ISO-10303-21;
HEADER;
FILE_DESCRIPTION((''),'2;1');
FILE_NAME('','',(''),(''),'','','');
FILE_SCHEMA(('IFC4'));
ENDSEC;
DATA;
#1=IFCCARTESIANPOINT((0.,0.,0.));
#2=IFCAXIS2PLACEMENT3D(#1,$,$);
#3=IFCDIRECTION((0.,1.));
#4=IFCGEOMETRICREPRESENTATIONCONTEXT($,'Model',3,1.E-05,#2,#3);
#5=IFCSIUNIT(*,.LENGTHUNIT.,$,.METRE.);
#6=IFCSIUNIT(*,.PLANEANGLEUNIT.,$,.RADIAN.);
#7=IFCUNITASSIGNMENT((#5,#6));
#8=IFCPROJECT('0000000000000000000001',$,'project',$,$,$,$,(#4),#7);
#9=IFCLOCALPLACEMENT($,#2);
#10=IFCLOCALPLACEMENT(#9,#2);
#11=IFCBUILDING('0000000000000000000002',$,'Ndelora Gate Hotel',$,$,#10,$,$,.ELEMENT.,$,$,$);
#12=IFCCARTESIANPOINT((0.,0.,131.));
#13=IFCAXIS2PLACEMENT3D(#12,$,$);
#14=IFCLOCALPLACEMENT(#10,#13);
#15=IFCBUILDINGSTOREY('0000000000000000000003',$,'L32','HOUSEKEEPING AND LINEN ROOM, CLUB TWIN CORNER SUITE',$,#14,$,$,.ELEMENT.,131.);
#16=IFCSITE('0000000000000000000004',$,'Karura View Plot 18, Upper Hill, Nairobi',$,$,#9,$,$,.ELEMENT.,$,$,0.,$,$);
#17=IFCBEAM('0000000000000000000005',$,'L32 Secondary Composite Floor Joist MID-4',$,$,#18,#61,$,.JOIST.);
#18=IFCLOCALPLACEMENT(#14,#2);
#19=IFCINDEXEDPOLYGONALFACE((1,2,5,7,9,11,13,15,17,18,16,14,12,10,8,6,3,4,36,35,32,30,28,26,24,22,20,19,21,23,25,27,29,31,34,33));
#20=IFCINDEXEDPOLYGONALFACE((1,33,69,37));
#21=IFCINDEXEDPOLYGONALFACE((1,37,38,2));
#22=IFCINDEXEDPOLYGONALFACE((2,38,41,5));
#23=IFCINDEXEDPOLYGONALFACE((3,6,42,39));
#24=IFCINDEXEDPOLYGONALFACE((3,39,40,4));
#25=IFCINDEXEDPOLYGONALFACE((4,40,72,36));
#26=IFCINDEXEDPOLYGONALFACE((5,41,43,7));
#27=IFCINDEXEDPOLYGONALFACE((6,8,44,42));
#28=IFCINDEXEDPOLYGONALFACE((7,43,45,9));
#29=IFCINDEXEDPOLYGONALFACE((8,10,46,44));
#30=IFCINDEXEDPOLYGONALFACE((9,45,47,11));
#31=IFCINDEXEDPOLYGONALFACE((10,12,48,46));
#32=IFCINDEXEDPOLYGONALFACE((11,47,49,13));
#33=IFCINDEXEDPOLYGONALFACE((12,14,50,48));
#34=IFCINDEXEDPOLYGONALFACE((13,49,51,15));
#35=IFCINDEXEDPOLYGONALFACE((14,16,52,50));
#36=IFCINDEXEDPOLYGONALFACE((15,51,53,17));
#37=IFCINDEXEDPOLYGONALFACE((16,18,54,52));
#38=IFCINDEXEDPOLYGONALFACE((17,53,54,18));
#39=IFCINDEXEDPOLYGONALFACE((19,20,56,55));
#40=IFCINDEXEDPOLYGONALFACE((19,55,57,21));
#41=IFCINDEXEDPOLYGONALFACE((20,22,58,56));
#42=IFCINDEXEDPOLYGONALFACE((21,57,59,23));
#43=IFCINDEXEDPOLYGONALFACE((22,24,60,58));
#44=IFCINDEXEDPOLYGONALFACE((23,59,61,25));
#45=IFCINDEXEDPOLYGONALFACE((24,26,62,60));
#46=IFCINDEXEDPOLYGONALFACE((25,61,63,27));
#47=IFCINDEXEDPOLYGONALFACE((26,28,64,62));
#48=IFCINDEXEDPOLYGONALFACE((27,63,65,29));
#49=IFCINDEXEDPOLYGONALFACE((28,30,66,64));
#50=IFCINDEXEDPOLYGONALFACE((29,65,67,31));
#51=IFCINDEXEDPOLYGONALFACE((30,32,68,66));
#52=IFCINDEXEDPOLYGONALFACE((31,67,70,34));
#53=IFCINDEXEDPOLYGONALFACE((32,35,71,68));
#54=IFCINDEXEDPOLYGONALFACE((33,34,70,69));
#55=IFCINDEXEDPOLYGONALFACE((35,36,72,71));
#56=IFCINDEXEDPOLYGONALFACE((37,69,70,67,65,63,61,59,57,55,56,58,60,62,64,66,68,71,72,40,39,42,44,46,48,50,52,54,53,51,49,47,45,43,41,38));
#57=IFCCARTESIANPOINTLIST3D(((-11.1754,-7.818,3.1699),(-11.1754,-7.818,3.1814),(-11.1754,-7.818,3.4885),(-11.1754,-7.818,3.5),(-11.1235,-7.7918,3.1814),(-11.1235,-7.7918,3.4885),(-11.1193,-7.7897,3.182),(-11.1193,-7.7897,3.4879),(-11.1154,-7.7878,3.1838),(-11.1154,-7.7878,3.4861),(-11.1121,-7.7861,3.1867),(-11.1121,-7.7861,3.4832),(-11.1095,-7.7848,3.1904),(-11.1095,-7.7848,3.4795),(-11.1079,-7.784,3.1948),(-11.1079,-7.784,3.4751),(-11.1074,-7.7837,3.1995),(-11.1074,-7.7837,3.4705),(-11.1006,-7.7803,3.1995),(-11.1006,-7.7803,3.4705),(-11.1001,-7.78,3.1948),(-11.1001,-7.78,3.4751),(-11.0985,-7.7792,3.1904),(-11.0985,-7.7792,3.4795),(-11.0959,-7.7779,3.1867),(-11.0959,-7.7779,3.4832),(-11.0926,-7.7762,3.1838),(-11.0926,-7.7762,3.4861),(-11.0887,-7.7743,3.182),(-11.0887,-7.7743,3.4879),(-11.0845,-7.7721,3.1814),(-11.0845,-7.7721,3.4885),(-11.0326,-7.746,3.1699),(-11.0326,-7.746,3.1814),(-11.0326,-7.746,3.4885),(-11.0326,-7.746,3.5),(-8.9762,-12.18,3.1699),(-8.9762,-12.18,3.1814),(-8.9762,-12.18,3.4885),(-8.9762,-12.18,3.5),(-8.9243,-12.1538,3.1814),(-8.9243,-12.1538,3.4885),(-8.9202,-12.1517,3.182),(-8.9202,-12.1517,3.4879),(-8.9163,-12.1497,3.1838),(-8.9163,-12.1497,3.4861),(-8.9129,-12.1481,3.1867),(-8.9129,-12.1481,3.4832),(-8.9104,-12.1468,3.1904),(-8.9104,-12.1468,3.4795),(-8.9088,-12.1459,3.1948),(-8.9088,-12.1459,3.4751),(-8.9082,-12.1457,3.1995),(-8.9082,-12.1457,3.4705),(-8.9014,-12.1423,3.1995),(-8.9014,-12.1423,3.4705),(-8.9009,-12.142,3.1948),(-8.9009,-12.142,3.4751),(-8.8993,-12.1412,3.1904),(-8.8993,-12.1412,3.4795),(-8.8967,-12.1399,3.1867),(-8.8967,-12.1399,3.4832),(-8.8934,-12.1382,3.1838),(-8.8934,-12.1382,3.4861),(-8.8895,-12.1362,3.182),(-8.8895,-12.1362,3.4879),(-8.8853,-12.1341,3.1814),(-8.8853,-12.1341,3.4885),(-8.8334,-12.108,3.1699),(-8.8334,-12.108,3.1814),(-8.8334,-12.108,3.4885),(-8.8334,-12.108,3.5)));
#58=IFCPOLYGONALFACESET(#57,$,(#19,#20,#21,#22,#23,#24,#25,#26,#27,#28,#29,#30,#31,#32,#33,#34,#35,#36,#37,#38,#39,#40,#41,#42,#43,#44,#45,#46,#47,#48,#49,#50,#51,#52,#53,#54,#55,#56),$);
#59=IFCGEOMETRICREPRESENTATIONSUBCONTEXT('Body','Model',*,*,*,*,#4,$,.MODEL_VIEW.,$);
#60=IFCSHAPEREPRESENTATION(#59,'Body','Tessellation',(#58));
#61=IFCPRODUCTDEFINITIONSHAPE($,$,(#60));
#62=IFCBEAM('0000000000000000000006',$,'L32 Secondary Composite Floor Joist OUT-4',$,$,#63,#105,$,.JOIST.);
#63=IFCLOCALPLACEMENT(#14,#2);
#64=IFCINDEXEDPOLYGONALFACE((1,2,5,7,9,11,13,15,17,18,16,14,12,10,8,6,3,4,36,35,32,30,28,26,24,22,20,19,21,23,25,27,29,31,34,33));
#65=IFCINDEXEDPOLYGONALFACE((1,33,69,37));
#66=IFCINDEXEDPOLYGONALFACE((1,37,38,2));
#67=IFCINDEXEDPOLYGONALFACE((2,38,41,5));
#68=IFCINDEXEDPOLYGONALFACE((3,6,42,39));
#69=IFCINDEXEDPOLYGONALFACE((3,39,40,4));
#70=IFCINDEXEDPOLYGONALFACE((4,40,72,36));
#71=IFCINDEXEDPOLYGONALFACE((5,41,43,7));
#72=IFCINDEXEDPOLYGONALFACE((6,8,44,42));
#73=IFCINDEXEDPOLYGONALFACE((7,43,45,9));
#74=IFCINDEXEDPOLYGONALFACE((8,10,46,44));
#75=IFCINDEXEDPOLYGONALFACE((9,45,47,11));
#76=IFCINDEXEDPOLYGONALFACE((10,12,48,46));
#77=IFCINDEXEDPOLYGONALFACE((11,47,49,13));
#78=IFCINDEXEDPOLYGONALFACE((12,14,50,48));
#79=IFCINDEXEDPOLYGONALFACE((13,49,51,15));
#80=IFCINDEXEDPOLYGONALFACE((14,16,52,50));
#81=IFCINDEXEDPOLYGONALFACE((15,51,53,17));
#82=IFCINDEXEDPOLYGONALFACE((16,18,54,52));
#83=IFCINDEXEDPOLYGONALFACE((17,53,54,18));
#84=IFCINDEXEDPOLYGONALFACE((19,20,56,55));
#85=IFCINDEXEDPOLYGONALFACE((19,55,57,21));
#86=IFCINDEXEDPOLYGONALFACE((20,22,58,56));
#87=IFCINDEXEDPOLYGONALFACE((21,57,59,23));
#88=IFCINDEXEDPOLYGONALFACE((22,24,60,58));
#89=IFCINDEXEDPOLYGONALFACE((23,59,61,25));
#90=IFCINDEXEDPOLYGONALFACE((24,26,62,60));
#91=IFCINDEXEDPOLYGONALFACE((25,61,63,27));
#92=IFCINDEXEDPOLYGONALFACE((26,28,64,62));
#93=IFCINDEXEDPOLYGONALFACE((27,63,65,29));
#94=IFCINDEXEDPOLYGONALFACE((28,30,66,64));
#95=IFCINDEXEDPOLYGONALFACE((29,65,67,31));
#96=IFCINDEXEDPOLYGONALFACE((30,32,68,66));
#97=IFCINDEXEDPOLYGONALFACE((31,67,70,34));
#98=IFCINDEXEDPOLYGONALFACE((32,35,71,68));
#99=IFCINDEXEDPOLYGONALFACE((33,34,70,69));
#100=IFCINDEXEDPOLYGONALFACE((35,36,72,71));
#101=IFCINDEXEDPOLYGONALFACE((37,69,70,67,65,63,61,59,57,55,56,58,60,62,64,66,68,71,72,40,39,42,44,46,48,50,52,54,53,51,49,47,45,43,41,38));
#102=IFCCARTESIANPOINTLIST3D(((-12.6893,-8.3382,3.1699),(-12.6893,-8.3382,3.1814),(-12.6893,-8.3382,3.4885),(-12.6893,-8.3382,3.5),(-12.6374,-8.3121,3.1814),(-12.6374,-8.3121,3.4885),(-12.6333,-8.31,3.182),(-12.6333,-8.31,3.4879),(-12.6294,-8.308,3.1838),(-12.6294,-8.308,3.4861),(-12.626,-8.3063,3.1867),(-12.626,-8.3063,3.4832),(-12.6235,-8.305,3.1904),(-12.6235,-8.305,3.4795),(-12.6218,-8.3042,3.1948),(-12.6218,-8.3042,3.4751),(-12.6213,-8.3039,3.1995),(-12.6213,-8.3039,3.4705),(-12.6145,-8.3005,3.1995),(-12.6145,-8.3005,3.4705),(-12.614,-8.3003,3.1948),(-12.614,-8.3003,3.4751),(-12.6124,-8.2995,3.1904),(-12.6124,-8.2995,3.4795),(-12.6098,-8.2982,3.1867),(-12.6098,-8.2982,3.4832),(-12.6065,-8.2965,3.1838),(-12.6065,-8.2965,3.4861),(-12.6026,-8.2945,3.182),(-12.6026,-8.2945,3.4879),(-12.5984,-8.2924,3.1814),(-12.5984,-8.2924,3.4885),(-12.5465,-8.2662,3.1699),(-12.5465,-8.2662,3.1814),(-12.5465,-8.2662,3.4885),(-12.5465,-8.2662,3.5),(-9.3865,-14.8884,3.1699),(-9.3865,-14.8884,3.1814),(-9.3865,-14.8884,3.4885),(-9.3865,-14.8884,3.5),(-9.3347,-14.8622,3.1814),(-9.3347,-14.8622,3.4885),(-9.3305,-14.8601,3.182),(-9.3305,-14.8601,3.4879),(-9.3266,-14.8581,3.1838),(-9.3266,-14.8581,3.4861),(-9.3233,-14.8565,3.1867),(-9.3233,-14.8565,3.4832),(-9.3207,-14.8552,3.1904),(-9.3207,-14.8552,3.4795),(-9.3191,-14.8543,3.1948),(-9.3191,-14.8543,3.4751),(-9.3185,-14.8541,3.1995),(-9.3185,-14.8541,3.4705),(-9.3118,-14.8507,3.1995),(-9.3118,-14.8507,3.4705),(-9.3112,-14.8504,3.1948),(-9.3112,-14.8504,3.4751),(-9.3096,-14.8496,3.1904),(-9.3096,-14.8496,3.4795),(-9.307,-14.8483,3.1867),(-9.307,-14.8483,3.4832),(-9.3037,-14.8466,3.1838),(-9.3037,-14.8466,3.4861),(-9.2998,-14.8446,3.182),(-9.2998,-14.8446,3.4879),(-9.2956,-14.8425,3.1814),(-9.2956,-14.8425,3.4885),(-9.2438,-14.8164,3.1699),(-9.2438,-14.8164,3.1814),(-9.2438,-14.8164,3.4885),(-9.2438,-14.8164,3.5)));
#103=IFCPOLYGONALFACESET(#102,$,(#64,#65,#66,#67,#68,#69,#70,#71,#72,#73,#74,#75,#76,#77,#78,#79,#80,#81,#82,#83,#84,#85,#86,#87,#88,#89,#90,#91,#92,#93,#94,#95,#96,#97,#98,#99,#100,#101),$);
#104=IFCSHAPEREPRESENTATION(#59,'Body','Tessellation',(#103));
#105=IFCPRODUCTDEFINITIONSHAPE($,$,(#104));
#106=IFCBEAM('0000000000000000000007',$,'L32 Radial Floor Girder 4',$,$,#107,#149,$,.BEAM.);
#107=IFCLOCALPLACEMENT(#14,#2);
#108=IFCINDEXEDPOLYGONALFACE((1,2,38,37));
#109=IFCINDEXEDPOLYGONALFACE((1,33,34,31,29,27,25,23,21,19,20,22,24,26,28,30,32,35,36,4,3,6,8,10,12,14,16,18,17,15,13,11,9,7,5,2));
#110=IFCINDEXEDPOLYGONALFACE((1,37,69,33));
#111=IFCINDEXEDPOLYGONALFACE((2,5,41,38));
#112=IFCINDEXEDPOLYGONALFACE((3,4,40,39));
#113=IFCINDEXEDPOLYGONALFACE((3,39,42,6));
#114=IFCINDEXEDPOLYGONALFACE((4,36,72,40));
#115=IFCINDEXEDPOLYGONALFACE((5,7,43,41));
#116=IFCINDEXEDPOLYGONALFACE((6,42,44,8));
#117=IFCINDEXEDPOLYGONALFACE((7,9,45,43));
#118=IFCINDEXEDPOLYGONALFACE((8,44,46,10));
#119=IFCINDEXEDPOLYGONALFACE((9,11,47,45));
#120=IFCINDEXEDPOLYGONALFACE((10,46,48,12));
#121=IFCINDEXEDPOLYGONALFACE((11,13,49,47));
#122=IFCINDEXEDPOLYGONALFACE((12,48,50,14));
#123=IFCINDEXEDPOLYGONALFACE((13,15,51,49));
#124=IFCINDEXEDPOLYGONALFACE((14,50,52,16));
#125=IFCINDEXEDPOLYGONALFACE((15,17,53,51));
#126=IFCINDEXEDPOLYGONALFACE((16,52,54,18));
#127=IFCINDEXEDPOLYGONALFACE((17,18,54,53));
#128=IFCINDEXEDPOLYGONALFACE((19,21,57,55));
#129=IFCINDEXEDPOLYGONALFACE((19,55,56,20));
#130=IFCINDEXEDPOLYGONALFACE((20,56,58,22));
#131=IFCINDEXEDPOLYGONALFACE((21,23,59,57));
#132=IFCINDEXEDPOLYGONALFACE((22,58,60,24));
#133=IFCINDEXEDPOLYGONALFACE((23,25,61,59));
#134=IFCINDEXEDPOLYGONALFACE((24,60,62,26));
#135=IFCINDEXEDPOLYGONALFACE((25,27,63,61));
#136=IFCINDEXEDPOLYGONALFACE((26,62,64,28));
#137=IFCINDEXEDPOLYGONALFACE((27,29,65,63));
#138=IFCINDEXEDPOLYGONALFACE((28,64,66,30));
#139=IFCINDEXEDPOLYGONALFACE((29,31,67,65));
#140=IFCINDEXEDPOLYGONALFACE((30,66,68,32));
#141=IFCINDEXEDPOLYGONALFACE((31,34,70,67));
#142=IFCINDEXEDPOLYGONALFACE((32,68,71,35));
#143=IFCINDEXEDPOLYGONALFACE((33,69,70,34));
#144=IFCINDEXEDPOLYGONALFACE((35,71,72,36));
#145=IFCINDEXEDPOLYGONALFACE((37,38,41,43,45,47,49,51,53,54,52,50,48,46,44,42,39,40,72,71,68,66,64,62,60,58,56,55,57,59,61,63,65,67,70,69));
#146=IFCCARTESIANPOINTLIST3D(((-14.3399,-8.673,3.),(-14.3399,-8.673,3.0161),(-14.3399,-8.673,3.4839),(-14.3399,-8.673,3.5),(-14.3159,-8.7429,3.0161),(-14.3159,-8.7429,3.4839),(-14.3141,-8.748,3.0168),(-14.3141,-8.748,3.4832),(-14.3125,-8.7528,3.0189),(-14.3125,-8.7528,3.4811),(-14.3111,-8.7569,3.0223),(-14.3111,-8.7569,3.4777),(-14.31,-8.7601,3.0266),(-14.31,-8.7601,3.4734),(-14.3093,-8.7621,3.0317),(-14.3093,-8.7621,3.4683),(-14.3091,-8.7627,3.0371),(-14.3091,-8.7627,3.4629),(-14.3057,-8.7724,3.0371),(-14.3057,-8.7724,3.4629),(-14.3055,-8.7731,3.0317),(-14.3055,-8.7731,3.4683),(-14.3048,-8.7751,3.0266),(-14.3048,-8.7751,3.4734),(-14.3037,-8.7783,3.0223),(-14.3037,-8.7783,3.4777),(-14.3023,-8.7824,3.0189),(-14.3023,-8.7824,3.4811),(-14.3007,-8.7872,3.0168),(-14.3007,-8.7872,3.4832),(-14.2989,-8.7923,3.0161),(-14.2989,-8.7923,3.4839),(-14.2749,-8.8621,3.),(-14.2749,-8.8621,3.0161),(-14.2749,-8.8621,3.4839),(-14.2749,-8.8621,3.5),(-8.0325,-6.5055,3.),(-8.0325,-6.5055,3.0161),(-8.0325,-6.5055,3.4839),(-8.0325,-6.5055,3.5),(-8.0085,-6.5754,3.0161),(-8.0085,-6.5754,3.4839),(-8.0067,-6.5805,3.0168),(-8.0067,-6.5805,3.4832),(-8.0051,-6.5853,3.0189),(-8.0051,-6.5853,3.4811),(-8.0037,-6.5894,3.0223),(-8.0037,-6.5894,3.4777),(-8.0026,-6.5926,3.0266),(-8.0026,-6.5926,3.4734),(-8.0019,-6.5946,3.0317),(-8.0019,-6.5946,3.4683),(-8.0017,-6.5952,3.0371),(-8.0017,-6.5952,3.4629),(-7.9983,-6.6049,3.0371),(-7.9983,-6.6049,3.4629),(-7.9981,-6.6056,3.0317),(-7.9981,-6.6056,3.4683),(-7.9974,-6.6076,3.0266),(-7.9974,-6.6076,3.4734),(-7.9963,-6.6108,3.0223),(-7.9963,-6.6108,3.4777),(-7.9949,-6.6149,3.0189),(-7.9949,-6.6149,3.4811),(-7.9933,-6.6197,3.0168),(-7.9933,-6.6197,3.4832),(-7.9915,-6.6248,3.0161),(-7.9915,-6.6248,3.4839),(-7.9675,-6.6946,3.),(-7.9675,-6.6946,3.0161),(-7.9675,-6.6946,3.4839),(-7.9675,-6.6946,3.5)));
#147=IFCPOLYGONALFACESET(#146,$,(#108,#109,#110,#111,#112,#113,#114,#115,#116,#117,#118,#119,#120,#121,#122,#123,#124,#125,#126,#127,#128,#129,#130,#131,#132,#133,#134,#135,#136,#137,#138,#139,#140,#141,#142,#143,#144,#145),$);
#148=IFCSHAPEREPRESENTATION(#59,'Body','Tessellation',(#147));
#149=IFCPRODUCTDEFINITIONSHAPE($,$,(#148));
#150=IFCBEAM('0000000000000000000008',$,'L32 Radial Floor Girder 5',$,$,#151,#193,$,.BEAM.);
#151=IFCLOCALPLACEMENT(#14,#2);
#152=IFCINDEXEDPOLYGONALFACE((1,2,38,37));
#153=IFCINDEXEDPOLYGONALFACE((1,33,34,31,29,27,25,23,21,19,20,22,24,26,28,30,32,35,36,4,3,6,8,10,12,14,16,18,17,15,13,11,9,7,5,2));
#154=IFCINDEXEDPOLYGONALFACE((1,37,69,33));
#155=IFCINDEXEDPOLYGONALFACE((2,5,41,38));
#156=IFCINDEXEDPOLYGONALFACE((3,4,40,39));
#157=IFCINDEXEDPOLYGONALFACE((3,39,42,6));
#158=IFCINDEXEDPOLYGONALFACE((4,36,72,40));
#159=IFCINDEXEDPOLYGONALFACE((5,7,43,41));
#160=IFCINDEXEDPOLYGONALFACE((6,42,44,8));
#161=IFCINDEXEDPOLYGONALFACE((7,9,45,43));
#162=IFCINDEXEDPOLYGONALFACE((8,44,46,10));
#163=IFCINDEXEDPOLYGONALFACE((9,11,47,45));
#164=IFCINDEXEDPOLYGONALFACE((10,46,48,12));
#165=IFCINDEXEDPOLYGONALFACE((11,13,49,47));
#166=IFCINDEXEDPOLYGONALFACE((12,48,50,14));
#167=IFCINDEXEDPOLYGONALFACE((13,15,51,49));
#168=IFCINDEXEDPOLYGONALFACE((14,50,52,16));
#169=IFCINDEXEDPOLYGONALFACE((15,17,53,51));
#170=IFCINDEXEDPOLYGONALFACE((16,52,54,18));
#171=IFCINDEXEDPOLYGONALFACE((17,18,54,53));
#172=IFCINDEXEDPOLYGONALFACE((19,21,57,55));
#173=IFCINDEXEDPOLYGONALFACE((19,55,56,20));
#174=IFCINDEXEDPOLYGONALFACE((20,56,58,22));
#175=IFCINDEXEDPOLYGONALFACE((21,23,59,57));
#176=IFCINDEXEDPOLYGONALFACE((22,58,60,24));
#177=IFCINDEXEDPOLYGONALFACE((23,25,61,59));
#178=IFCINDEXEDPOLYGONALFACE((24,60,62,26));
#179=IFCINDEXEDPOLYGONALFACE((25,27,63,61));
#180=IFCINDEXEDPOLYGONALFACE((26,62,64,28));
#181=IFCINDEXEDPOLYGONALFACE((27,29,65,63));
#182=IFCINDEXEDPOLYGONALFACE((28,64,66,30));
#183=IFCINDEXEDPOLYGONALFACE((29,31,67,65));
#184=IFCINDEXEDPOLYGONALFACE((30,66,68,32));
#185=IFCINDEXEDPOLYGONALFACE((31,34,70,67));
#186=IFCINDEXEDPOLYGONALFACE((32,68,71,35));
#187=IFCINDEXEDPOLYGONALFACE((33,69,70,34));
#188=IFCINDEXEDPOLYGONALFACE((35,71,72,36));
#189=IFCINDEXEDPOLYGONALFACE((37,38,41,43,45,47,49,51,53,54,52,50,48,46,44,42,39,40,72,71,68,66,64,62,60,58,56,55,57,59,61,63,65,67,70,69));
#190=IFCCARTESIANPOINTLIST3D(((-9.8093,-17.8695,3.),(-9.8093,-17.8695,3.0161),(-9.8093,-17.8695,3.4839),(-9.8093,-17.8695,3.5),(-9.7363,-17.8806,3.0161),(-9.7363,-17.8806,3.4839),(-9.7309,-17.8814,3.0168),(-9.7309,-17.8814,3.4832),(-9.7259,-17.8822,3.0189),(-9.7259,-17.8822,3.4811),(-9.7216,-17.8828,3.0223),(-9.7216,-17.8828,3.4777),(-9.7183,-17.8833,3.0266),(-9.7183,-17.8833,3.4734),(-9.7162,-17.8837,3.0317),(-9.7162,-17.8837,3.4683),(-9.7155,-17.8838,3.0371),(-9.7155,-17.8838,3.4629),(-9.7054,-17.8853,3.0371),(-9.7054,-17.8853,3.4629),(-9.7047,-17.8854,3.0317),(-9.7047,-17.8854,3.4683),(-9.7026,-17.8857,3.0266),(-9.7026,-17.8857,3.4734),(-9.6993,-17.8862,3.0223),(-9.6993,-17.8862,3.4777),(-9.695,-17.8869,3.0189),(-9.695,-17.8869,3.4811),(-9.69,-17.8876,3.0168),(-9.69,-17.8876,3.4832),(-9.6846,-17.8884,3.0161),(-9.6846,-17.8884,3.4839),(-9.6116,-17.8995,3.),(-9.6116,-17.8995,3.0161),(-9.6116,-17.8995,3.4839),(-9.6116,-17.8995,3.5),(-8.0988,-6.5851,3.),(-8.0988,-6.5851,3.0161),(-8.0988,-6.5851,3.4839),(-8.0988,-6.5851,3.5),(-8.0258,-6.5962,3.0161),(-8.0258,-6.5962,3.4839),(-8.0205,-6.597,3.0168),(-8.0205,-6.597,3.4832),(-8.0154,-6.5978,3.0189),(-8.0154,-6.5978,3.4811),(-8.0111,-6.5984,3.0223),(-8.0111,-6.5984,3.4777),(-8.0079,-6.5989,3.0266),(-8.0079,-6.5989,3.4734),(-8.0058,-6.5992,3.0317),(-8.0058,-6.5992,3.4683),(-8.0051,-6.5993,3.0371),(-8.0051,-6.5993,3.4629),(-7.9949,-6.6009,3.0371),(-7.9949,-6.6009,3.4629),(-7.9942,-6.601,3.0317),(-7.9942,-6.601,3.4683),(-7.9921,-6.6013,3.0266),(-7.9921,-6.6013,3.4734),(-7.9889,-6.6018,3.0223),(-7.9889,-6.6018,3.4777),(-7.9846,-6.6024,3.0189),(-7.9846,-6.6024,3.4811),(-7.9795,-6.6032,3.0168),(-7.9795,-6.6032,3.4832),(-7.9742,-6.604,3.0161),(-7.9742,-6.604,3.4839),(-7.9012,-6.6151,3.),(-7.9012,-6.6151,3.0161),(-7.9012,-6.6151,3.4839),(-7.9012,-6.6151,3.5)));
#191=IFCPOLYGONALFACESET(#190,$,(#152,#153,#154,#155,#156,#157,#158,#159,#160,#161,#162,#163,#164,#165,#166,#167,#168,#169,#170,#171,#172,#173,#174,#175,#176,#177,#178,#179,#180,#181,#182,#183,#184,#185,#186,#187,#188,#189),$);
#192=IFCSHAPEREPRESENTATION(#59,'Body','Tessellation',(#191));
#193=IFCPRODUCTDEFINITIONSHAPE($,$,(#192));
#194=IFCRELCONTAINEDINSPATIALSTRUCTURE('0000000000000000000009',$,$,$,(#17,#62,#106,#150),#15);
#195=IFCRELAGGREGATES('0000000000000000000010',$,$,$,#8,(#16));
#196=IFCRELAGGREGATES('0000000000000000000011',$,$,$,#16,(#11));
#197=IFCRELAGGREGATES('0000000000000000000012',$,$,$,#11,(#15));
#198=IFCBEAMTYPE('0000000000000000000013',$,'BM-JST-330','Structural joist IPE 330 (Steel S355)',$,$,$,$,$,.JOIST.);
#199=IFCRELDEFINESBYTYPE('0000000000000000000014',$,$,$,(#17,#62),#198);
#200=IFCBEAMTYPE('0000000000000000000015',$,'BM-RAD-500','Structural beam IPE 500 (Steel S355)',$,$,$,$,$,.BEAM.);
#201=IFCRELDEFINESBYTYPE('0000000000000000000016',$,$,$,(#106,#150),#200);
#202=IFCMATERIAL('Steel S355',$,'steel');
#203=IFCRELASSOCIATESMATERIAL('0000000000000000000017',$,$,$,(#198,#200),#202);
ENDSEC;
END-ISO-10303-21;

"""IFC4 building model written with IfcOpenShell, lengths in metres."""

from ifc_helpers import new_model, si_unit, direction, frame, origin, origin_2d, place, context, subcontext, project, spatial, i_section, extrude, material, material_profile, profile_set, type_object, element, save


model = new_model("IFC4")

# Units and contexts
model_context = context("Model", 3, precision=1e-05, world=origin(), true_north=direction((0.0, 1.0)))
body_context = subcontext(model_context, "Body", "Model", "MODEL_VIEW")
ifc_project = project(units=[si_unit("LENGTHUNIT", "METRE"), si_unit("PLANEANGLEUNIT", "RADIAN")], contexts=[model_context])

# Site, building, storey
site_placement = place(None, origin())
site = spatial("IfcSite", under=ifc_project, at=site_placement, Name="Karura View Plot 18, Upper Hill, Nairobi", CompositionType="ELEMENT", RefElevation=0.0)
building_placement = place(site_placement, origin())
building = spatial("IfcBuilding", under=site, at=building_placement, Name="Ndelora Gate Hotel", CompositionType="ELEMENT")
storey_placement = place(building_placement, frame((0.0, 0.0, 131.0)))
storey = spatial("IfcBuildingStorey", under=building, at=storey_placement, Name="L32", Description="HOUSEKEEPING AND LINEN ROOM, CLUB TWIN CORNER SUITE", CompositionType="ELEMENT", Elevation=131.0)

# Beams
ifc_material_1 = material(Name="Steel S355", Category="steel")
ifc_material_profile_1 = material_profile(ifc_material_1, i_section(OverallWidth=0.1599, OverallDepth=0.3301, WebThickness=0.0076, FlangeThickness=0.0115, FilletRadius=0.0181, at=origin_2d()), Name="IPE 330")
ifc_profile_set_1 = profile_set([ifc_material_profile_1], Name="Steel S355")
beam_type_1 = type_object("IfcBeamType", Name="BM-JST-330", Description="Structural joist IPE 330 (Steel S355)", PredefinedType="JOIST", material=ifc_profile_set_1)
beam_1_placement = place(storey_placement, frame((-11.104, -7.782, 3.335), z_axis=(0.45019, -0.892933, 0.0), x_axis=(0.892933, 0.45019, 0.0)))
element("IfcBeam", 1, at=beam_1_placement, inside=storey, type_object=beam_type_1, Name="L32 Secondary Composite Floor Joist MID-4", PredefinedType="JOIST", context=body_context, shape_type="SweptSolid", body=[
    extrude(i_section(OverallWidth=0.1599, OverallDepth=0.3301, WebThickness=0.0076, FlangeThickness=0.0115, FilletRadius=0.0181, at=origin_2d()), origin(), (0.0, 0.0, 1.0), 4.885),
])
beam_2_placement = place(storey_placement, frame((-12.6179, -8.3022, 3.335), z_axis=(0.450233, -0.892911, 0.0), x_axis=(0.892911, 0.450233, 0.0)))
element("IfcBeam", 2, at=beam_2_placement, inside=storey, type_object=beam_type_1, Name="L32 Secondary Composite Floor Joist OUT-4", PredefinedType="JOIST", context=body_context, shape_type="SweptSolid", body=[
    extrude(i_section(OverallWidth=0.1599, OverallDepth=0.3301, WebThickness=0.0076, FlangeThickness=0.0115, FilletRadius=0.0181, at=origin_2d()), origin(), (0.0, 0.0, 1.0), 7.3357),
])
ifc_material_profile_2 = material_profile(ifc_material_1, i_section(OverallWidth=0.2, OverallDepth=0.5, WebThickness=0.0103, FlangeThickness=0.0161, FilletRadius=0.021, at=origin_2d()), Name="IPE 500")
ifc_profile_set_2 = profile_set([ifc_material_profile_2], Name="Steel S355")
beam_type_2 = type_object("IfcBeamType", Name="BM-RAD-500", Description="Structural beam IPE 500 (Steel S355)", PredefinedType="BEAM", material=ifc_profile_set_2)
beam_3_placement = place(storey_placement, frame((-8.0, -6.6001, 3.25), z_axis=(-0.945718, -0.324989, 0.0), x_axis=(0.324989, -0.945718, 0.0)))
element("IfcBeam", 3, at=beam_3_placement, inside=storey, type_object=beam_type_2, Name="L32 Radial Floor Girder 4", PredefinedType="BEAM", context=body_context, shape_type="SweptSolid", body=[
    extrude(i_section(OverallWidth=0.2, OverallDepth=0.5, WebThickness=0.0103, FlangeThickness=0.0161, FilletRadius=0.021, at=origin_2d()), origin(), (0.0, 0.0, 1.0), 6.6694),
])
beam_4_placement = place(storey_placement, frame((-8.0, -6.6001, 3.25), z_axis=(-0.149864, -0.988707, 0.0), x_axis=(0.988707, -0.149864, 0.0)))
element("IfcBeam", 4, at=beam_4_placement, inside=storey, type_object=beam_type_2, Name="L32 Radial Floor Girder 5", PredefinedType="BEAM", context=body_context, shape_type="SweptSolid", body=[
    extrude(i_section(OverallWidth=0.2, OverallDepth=0.5, WebThickness=0.0103, FlangeThickness=0.0161, FilletRadius=0.021, at=origin_2d()), origin(), (0.0, 0.0, 1.0), 11.4133),
])

save(model, "model.ifc")
